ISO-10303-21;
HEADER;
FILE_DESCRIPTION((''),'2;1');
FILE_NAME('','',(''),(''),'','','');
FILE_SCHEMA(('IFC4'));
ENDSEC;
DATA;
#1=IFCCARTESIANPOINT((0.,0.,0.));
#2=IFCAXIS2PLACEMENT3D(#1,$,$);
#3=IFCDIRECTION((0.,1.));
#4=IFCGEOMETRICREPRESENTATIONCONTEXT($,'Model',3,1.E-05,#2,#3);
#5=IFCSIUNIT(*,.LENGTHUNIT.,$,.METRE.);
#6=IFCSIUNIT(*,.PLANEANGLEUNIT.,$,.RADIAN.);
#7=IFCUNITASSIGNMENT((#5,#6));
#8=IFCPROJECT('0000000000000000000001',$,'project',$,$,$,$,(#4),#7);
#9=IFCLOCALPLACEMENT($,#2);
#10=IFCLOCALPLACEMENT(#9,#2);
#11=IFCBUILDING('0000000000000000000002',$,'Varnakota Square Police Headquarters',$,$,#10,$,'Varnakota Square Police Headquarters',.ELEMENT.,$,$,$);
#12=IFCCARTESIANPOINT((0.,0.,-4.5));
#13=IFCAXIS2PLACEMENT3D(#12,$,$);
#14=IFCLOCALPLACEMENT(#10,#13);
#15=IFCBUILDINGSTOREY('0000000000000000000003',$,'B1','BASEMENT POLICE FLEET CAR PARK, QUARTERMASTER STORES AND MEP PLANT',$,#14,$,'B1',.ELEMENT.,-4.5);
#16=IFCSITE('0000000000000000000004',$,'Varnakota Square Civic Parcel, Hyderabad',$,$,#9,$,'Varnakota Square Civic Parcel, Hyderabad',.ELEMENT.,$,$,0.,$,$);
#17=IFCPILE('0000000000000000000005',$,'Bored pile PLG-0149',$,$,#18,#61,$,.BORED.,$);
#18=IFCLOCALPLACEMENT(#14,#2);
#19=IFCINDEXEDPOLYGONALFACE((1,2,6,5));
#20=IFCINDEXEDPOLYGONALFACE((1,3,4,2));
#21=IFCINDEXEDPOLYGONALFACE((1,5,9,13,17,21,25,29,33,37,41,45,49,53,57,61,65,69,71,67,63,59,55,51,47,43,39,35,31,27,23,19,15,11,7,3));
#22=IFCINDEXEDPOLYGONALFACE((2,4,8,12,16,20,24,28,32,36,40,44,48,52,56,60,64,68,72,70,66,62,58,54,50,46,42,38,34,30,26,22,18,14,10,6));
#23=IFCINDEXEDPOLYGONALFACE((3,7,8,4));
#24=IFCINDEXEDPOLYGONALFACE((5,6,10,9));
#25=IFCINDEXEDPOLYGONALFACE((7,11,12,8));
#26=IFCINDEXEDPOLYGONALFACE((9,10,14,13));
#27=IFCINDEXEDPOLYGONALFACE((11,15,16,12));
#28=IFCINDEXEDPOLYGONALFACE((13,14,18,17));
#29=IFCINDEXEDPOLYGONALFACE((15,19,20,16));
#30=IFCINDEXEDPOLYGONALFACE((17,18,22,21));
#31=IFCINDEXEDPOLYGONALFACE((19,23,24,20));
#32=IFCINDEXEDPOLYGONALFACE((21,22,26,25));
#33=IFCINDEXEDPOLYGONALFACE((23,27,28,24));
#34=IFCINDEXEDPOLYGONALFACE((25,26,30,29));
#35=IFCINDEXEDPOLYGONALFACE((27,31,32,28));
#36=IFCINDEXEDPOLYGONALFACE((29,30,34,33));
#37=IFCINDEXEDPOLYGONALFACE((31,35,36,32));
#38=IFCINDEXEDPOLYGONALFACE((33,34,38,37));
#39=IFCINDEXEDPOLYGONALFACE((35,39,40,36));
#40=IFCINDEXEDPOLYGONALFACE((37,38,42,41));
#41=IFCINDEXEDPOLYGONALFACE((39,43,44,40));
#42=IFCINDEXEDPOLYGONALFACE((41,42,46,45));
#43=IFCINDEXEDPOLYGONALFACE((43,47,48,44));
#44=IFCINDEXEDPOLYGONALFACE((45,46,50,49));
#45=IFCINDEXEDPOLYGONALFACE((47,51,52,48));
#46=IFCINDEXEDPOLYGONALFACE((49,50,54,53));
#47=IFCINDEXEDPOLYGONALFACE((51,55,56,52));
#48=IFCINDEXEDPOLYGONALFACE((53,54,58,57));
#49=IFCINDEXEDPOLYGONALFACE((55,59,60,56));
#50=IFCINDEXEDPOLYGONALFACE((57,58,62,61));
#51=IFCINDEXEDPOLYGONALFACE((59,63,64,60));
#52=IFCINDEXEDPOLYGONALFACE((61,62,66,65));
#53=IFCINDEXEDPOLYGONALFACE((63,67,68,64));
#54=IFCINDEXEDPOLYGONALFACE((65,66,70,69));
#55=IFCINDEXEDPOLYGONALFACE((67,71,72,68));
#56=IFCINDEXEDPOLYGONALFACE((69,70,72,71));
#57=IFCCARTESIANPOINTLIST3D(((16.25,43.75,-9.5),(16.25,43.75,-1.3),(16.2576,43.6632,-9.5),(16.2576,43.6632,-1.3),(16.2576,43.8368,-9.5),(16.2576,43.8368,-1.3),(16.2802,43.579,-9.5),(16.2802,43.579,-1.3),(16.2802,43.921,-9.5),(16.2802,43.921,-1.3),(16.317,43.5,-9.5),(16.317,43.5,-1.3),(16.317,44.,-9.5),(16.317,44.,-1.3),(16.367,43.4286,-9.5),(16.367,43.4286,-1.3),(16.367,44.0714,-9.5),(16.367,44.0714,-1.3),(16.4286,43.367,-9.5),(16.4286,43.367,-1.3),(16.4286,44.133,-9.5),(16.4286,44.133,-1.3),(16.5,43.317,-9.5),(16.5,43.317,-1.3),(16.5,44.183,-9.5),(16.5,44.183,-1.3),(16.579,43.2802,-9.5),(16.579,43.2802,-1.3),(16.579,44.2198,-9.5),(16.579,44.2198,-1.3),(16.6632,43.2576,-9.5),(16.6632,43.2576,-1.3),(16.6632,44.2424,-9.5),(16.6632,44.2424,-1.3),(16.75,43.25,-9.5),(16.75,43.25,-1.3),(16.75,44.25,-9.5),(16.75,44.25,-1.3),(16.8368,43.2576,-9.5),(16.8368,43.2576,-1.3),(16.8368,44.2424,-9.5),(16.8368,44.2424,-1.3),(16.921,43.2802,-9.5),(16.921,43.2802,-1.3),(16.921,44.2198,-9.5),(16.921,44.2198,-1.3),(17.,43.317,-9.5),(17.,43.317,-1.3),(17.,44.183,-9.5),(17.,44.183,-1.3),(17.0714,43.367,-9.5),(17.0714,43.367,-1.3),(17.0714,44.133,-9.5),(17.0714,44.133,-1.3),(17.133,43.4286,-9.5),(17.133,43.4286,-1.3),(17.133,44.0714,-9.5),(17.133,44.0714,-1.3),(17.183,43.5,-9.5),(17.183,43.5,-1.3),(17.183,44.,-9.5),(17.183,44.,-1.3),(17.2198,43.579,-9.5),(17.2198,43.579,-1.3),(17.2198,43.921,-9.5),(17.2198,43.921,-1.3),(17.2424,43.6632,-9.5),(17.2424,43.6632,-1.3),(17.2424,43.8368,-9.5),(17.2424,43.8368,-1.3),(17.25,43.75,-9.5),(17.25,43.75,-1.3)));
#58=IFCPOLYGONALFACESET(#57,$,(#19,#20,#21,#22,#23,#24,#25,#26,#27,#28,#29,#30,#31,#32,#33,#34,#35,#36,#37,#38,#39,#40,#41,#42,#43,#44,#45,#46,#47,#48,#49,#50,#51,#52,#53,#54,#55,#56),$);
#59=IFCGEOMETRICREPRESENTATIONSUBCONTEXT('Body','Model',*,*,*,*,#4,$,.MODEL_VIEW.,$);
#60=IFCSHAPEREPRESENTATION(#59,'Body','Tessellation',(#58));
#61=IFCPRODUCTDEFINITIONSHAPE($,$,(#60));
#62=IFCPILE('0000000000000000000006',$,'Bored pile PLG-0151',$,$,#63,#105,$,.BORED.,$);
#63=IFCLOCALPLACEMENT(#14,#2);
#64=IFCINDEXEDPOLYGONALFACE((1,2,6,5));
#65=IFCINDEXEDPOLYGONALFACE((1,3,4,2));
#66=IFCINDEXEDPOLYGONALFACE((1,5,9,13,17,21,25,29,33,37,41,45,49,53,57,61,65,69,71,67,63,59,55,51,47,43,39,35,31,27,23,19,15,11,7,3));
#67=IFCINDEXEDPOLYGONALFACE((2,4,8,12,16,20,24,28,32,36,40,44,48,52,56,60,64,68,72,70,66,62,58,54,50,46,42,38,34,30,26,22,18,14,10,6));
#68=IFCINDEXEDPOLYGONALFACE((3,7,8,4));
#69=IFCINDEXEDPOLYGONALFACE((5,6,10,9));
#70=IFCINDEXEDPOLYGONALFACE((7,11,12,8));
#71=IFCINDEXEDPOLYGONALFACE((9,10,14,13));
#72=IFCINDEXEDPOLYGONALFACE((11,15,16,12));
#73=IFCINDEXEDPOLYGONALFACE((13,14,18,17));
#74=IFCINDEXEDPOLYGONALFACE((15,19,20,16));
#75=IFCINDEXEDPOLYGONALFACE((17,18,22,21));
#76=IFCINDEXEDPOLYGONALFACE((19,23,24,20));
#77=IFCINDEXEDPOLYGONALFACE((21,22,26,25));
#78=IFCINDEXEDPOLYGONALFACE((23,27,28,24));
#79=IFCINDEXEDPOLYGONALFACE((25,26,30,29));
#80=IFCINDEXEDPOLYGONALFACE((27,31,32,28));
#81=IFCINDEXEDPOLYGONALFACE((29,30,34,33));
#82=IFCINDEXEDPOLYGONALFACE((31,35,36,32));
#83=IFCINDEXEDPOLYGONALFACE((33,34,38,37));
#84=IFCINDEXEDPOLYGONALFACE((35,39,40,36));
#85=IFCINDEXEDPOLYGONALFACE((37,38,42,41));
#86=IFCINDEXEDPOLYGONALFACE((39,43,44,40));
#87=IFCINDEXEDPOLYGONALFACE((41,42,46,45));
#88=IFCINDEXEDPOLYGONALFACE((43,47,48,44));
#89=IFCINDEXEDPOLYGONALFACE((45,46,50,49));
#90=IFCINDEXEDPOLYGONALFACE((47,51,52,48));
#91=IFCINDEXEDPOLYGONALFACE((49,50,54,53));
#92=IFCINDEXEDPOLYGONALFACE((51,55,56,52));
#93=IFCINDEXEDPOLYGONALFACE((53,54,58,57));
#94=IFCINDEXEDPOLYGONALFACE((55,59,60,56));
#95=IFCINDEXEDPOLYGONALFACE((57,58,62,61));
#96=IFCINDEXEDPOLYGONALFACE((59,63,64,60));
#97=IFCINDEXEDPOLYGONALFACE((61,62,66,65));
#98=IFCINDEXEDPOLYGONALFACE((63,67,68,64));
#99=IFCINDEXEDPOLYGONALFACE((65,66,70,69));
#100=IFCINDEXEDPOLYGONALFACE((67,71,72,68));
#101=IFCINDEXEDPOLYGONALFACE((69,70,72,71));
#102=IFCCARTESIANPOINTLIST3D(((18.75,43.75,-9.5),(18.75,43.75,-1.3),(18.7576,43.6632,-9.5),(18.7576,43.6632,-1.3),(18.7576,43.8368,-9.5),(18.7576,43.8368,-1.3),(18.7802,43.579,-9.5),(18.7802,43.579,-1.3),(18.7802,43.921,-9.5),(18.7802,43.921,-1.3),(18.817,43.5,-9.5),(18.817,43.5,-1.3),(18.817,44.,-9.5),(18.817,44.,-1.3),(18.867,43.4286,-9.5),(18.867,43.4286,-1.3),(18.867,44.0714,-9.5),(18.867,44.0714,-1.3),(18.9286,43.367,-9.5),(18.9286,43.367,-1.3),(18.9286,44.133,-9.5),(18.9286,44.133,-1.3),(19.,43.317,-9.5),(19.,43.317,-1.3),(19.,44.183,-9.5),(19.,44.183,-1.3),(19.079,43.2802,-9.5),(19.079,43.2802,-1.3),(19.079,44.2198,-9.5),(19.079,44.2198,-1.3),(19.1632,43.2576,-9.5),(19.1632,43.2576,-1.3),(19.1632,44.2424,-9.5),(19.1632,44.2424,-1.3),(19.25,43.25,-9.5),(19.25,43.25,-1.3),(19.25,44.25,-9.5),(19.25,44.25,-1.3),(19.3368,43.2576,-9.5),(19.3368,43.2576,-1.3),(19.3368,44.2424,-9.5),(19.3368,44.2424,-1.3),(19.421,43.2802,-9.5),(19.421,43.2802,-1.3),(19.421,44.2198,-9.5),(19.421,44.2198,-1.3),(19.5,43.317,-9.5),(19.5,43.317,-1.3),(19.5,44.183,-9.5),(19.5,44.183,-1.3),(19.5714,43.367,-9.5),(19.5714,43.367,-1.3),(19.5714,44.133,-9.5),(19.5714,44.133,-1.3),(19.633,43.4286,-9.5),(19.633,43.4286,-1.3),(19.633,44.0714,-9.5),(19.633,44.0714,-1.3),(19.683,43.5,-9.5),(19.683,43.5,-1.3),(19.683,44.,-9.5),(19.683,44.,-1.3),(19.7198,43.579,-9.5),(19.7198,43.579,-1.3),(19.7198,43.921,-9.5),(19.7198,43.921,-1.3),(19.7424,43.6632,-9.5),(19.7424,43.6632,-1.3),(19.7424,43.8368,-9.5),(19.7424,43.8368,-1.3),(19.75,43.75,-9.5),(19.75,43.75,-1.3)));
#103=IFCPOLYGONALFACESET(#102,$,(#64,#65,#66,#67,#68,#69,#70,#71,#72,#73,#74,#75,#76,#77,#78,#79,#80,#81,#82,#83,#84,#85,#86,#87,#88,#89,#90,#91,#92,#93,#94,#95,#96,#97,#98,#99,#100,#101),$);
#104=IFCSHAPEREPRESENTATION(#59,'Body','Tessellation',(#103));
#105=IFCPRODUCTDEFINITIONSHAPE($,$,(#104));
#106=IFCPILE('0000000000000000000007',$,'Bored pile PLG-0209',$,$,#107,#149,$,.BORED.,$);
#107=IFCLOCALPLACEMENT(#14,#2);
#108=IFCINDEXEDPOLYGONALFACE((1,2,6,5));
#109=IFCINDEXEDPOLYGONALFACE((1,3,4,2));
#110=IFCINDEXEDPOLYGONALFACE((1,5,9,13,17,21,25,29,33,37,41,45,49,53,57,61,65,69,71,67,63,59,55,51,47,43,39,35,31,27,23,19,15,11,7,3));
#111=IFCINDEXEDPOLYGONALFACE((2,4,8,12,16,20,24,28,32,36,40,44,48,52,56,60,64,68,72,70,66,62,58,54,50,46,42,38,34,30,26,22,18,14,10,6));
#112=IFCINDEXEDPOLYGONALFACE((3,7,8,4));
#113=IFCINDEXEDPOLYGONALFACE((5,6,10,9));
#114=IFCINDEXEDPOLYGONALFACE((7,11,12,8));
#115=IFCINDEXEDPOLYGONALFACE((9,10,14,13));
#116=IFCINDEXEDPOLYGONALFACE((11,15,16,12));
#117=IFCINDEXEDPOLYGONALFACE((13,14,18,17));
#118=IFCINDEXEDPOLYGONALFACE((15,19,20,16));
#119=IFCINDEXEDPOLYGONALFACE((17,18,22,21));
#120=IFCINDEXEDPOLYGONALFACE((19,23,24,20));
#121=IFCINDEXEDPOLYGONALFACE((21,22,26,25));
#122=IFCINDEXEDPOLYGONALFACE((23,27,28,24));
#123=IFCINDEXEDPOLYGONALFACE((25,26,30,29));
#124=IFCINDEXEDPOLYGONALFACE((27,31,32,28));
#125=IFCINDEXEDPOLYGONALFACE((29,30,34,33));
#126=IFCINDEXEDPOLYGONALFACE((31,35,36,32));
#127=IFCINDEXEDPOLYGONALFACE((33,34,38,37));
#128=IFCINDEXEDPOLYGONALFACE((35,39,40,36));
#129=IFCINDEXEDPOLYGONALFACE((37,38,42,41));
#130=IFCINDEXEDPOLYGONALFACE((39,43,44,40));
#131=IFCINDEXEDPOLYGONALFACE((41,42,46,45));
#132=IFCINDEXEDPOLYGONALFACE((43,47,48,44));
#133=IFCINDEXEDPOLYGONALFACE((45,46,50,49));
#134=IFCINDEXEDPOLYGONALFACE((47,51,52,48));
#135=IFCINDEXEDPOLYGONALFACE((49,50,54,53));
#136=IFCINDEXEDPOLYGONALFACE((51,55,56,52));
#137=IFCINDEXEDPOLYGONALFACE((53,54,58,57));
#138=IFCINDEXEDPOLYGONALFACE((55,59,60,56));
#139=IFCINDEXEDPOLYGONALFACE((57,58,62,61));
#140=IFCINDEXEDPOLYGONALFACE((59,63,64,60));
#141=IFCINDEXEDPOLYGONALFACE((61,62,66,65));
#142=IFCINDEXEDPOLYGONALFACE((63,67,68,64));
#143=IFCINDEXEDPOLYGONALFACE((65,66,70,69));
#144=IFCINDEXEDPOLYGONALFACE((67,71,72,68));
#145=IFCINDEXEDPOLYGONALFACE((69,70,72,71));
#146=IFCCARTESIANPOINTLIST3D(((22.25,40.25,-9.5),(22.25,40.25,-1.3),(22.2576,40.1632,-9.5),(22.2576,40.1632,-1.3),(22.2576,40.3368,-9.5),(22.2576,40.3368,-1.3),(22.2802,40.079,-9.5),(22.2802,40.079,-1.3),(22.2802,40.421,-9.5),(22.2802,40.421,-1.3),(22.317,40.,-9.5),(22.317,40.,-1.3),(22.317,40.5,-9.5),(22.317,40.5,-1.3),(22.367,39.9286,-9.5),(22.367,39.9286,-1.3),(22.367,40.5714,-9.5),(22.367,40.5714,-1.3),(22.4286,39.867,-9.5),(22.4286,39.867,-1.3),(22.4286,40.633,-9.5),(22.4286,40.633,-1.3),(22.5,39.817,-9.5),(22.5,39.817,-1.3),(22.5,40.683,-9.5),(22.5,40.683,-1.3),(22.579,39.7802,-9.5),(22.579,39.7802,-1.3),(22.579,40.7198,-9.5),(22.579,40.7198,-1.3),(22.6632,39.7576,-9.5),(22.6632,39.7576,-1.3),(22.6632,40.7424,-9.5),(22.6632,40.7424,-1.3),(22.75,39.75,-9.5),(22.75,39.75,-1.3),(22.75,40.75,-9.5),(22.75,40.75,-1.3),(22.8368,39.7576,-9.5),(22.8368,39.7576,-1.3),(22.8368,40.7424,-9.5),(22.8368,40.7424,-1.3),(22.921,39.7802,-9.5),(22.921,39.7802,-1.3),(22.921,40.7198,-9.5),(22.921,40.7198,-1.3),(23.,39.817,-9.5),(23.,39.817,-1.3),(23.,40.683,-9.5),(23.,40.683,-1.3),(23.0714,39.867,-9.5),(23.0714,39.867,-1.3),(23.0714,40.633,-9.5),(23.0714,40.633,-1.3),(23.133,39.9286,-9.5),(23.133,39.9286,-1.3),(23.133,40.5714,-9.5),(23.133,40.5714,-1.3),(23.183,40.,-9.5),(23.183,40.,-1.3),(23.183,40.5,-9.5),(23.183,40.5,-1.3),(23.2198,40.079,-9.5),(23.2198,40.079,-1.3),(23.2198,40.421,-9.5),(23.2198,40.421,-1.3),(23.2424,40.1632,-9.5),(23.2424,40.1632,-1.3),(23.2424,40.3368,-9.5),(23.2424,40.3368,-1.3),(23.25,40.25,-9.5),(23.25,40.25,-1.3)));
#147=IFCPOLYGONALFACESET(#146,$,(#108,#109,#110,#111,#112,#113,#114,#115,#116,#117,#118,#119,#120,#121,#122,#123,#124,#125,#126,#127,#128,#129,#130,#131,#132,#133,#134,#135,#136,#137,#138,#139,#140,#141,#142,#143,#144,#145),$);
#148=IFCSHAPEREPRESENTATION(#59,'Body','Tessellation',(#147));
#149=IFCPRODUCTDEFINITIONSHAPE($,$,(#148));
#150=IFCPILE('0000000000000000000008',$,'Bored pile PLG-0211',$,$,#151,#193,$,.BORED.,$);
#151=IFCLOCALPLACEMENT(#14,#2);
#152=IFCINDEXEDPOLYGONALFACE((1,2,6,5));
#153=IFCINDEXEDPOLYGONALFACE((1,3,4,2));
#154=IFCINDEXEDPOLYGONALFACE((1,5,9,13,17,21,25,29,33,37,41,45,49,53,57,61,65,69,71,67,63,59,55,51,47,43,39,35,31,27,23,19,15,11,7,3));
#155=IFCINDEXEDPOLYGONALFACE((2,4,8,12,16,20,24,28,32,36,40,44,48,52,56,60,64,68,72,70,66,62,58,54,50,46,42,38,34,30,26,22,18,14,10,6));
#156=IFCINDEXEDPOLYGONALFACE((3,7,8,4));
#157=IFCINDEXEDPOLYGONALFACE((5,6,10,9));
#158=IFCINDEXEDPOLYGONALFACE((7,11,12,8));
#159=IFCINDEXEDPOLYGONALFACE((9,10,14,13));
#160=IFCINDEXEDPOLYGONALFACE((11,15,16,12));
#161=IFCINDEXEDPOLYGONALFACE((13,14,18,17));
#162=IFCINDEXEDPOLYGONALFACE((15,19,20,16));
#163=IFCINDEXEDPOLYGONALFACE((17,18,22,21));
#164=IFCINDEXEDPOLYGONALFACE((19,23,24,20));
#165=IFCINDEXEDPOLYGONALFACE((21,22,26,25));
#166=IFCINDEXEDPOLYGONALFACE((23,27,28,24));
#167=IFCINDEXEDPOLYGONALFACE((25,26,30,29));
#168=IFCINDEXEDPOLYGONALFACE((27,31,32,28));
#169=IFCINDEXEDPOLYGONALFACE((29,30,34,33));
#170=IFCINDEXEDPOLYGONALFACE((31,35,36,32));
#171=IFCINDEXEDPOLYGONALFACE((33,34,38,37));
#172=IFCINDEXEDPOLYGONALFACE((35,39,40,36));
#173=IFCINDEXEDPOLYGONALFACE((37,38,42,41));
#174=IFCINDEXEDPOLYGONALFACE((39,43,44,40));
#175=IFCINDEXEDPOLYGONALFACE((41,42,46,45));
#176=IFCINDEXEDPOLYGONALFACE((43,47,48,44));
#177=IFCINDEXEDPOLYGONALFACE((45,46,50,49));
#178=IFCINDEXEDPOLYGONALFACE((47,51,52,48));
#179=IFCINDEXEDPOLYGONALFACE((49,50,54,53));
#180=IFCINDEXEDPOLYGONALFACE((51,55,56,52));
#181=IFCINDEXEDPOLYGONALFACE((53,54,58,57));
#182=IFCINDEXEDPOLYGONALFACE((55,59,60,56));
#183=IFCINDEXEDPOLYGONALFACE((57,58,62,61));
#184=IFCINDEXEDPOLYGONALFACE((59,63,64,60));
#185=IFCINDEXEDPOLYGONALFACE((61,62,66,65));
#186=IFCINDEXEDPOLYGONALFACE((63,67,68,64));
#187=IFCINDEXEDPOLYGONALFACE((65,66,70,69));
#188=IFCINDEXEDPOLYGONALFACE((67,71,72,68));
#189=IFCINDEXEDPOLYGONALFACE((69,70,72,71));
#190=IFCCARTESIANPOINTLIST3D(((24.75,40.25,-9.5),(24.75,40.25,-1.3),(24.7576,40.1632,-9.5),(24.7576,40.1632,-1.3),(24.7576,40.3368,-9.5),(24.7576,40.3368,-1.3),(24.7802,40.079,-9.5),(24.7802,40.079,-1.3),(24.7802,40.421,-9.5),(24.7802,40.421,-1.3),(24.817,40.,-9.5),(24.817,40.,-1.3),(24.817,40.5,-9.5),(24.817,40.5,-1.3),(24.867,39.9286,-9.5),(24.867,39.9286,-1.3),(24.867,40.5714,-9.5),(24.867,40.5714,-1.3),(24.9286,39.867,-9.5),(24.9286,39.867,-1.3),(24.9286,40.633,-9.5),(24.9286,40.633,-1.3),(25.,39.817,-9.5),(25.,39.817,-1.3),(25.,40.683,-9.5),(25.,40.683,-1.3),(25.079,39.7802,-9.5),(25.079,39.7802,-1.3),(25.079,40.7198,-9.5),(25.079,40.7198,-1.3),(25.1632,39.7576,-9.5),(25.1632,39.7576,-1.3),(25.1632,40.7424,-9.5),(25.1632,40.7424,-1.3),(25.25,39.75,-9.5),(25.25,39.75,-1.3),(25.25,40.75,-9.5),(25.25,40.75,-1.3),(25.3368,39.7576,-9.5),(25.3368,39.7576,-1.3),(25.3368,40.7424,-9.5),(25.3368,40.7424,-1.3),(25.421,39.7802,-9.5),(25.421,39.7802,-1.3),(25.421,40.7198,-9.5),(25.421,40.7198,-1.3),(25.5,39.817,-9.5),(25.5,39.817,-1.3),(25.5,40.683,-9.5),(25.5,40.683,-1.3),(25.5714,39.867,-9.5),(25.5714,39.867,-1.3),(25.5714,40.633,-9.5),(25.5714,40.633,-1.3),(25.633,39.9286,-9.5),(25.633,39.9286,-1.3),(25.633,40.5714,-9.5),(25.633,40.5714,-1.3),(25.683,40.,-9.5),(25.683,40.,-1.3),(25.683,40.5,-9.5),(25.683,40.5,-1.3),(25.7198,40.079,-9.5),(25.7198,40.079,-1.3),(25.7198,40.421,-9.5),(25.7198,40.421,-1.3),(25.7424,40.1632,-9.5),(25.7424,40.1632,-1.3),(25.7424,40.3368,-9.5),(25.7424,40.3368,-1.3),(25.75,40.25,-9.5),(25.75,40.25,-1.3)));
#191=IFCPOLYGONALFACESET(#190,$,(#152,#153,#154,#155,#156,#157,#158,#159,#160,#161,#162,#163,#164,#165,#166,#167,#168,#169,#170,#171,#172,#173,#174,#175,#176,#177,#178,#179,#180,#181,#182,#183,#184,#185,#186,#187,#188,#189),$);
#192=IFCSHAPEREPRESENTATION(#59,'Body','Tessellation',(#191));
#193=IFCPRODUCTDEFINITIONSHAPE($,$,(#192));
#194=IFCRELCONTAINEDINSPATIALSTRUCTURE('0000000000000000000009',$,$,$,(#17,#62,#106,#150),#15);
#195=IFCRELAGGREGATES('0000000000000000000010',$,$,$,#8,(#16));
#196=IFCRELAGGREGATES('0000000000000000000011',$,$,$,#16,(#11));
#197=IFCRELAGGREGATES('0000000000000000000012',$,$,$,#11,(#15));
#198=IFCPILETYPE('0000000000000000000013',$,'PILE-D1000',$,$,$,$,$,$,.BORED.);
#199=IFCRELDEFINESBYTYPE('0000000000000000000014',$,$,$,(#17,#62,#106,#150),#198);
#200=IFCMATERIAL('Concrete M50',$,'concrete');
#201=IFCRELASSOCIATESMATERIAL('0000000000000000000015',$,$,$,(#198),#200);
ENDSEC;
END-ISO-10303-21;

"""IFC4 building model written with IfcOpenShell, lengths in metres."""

from ifc_helpers import new_model, si_unit, direction, frame, origin, origin_2d, place, context, subcontext, project, spatial, circle, extrude, material, material_profile, profile_set, type_object, element, save


model = new_model("IFC4")

# Units and contexts
model_context = context("Model", 3, precision=1e-05, world=origin(), true_north=direction((0.0, 1.0)))
body_context = subcontext(model_context, "Body", "Model", "MODEL_VIEW")
ifc_project = project(units=[si_unit("LENGTHUNIT", "METRE"), si_unit("PLANEANGLEUNIT", "RADIAN")], contexts=[model_context])

# Site, building, storey
site_placement = place(None, origin())
site = spatial("IfcSite", under=ifc_project, at=site_placement, Name="Varnakota Square Civic Parcel, Hyderabad", LongName="Varnakota Square Civic Parcel, Hyderabad", CompositionType="ELEMENT", RefElevation=0.0)
building_placement = place(site_placement, origin())
building = spatial("IfcBuilding", under=site, at=building_placement, Name="Varnakota Square Police Headquarters", LongName="Varnakota Square Police Headquarters", CompositionType="ELEMENT")
storey_placement = place(building_placement, frame((0.0, 0.0, -4.5)))
storey = spatial("IfcBuildingStorey", under=building, at=storey_placement, Name="B1", Description="BASEMENT POLICE FLEET CAR PARK, QUARTERMASTER STORES AND MEP PLANT", LongName="B1", CompositionType="ELEMENT", Elevation=-4.5)

# Shared definitions
ifc_material_1 = material(Name="Concrete M50", Category="concrete")

# Piles
ifc_material_profile_1 = material_profile(ifc_material_1, circle(Radius=0.5, at=origin_2d()), Name="BORED PILE 1000")
ifc_profile_set_1 = profile_set([ifc_material_profile_1], Name="Concrete M50")
pile_type = type_object("IfcPileType", Name="PILE-D1000", PredefinedType="BORED", material=ifc_profile_set_1)
for number, where, z_axis, x_axis, name in (
    (1, (16.75, 43.75, -1.3), (0.0, 0.0, -1.0), (1.0, 0.0, 0.0), "Bored pile PLG-0149"),
    (2, (19.25, 43.75, -1.3), (0.0, 0.0, -1.0), (1.0, 0.0, 0.0), "Bored pile PLG-0151"),
    (3, (22.75, 40.25, -1.3), (0.0, 0.0, -1.0), (1.0, 0.0, 0.0), "Bored pile PLG-0209"),
    (4, (25.25, 40.25, -1.3), (0.0, 0.0, -1.0), (1.0, 0.0, 0.0), "Bored pile PLG-0211"),
):
    element("IfcPile", number, at=place(storey_placement, frame(where, z_axis=z_axis, x_axis=x_axis)), inside=storey, type_object=pile_type, Name=name, PredefinedType="BORED", context=body_context, shape_type="SweptSolid", body=[
        extrude(circle(Radius=0.5, at=origin_2d()), origin(), (0.0, 0.0, 1.0), 8.2),
    ])

save(model, "model.ifc")
